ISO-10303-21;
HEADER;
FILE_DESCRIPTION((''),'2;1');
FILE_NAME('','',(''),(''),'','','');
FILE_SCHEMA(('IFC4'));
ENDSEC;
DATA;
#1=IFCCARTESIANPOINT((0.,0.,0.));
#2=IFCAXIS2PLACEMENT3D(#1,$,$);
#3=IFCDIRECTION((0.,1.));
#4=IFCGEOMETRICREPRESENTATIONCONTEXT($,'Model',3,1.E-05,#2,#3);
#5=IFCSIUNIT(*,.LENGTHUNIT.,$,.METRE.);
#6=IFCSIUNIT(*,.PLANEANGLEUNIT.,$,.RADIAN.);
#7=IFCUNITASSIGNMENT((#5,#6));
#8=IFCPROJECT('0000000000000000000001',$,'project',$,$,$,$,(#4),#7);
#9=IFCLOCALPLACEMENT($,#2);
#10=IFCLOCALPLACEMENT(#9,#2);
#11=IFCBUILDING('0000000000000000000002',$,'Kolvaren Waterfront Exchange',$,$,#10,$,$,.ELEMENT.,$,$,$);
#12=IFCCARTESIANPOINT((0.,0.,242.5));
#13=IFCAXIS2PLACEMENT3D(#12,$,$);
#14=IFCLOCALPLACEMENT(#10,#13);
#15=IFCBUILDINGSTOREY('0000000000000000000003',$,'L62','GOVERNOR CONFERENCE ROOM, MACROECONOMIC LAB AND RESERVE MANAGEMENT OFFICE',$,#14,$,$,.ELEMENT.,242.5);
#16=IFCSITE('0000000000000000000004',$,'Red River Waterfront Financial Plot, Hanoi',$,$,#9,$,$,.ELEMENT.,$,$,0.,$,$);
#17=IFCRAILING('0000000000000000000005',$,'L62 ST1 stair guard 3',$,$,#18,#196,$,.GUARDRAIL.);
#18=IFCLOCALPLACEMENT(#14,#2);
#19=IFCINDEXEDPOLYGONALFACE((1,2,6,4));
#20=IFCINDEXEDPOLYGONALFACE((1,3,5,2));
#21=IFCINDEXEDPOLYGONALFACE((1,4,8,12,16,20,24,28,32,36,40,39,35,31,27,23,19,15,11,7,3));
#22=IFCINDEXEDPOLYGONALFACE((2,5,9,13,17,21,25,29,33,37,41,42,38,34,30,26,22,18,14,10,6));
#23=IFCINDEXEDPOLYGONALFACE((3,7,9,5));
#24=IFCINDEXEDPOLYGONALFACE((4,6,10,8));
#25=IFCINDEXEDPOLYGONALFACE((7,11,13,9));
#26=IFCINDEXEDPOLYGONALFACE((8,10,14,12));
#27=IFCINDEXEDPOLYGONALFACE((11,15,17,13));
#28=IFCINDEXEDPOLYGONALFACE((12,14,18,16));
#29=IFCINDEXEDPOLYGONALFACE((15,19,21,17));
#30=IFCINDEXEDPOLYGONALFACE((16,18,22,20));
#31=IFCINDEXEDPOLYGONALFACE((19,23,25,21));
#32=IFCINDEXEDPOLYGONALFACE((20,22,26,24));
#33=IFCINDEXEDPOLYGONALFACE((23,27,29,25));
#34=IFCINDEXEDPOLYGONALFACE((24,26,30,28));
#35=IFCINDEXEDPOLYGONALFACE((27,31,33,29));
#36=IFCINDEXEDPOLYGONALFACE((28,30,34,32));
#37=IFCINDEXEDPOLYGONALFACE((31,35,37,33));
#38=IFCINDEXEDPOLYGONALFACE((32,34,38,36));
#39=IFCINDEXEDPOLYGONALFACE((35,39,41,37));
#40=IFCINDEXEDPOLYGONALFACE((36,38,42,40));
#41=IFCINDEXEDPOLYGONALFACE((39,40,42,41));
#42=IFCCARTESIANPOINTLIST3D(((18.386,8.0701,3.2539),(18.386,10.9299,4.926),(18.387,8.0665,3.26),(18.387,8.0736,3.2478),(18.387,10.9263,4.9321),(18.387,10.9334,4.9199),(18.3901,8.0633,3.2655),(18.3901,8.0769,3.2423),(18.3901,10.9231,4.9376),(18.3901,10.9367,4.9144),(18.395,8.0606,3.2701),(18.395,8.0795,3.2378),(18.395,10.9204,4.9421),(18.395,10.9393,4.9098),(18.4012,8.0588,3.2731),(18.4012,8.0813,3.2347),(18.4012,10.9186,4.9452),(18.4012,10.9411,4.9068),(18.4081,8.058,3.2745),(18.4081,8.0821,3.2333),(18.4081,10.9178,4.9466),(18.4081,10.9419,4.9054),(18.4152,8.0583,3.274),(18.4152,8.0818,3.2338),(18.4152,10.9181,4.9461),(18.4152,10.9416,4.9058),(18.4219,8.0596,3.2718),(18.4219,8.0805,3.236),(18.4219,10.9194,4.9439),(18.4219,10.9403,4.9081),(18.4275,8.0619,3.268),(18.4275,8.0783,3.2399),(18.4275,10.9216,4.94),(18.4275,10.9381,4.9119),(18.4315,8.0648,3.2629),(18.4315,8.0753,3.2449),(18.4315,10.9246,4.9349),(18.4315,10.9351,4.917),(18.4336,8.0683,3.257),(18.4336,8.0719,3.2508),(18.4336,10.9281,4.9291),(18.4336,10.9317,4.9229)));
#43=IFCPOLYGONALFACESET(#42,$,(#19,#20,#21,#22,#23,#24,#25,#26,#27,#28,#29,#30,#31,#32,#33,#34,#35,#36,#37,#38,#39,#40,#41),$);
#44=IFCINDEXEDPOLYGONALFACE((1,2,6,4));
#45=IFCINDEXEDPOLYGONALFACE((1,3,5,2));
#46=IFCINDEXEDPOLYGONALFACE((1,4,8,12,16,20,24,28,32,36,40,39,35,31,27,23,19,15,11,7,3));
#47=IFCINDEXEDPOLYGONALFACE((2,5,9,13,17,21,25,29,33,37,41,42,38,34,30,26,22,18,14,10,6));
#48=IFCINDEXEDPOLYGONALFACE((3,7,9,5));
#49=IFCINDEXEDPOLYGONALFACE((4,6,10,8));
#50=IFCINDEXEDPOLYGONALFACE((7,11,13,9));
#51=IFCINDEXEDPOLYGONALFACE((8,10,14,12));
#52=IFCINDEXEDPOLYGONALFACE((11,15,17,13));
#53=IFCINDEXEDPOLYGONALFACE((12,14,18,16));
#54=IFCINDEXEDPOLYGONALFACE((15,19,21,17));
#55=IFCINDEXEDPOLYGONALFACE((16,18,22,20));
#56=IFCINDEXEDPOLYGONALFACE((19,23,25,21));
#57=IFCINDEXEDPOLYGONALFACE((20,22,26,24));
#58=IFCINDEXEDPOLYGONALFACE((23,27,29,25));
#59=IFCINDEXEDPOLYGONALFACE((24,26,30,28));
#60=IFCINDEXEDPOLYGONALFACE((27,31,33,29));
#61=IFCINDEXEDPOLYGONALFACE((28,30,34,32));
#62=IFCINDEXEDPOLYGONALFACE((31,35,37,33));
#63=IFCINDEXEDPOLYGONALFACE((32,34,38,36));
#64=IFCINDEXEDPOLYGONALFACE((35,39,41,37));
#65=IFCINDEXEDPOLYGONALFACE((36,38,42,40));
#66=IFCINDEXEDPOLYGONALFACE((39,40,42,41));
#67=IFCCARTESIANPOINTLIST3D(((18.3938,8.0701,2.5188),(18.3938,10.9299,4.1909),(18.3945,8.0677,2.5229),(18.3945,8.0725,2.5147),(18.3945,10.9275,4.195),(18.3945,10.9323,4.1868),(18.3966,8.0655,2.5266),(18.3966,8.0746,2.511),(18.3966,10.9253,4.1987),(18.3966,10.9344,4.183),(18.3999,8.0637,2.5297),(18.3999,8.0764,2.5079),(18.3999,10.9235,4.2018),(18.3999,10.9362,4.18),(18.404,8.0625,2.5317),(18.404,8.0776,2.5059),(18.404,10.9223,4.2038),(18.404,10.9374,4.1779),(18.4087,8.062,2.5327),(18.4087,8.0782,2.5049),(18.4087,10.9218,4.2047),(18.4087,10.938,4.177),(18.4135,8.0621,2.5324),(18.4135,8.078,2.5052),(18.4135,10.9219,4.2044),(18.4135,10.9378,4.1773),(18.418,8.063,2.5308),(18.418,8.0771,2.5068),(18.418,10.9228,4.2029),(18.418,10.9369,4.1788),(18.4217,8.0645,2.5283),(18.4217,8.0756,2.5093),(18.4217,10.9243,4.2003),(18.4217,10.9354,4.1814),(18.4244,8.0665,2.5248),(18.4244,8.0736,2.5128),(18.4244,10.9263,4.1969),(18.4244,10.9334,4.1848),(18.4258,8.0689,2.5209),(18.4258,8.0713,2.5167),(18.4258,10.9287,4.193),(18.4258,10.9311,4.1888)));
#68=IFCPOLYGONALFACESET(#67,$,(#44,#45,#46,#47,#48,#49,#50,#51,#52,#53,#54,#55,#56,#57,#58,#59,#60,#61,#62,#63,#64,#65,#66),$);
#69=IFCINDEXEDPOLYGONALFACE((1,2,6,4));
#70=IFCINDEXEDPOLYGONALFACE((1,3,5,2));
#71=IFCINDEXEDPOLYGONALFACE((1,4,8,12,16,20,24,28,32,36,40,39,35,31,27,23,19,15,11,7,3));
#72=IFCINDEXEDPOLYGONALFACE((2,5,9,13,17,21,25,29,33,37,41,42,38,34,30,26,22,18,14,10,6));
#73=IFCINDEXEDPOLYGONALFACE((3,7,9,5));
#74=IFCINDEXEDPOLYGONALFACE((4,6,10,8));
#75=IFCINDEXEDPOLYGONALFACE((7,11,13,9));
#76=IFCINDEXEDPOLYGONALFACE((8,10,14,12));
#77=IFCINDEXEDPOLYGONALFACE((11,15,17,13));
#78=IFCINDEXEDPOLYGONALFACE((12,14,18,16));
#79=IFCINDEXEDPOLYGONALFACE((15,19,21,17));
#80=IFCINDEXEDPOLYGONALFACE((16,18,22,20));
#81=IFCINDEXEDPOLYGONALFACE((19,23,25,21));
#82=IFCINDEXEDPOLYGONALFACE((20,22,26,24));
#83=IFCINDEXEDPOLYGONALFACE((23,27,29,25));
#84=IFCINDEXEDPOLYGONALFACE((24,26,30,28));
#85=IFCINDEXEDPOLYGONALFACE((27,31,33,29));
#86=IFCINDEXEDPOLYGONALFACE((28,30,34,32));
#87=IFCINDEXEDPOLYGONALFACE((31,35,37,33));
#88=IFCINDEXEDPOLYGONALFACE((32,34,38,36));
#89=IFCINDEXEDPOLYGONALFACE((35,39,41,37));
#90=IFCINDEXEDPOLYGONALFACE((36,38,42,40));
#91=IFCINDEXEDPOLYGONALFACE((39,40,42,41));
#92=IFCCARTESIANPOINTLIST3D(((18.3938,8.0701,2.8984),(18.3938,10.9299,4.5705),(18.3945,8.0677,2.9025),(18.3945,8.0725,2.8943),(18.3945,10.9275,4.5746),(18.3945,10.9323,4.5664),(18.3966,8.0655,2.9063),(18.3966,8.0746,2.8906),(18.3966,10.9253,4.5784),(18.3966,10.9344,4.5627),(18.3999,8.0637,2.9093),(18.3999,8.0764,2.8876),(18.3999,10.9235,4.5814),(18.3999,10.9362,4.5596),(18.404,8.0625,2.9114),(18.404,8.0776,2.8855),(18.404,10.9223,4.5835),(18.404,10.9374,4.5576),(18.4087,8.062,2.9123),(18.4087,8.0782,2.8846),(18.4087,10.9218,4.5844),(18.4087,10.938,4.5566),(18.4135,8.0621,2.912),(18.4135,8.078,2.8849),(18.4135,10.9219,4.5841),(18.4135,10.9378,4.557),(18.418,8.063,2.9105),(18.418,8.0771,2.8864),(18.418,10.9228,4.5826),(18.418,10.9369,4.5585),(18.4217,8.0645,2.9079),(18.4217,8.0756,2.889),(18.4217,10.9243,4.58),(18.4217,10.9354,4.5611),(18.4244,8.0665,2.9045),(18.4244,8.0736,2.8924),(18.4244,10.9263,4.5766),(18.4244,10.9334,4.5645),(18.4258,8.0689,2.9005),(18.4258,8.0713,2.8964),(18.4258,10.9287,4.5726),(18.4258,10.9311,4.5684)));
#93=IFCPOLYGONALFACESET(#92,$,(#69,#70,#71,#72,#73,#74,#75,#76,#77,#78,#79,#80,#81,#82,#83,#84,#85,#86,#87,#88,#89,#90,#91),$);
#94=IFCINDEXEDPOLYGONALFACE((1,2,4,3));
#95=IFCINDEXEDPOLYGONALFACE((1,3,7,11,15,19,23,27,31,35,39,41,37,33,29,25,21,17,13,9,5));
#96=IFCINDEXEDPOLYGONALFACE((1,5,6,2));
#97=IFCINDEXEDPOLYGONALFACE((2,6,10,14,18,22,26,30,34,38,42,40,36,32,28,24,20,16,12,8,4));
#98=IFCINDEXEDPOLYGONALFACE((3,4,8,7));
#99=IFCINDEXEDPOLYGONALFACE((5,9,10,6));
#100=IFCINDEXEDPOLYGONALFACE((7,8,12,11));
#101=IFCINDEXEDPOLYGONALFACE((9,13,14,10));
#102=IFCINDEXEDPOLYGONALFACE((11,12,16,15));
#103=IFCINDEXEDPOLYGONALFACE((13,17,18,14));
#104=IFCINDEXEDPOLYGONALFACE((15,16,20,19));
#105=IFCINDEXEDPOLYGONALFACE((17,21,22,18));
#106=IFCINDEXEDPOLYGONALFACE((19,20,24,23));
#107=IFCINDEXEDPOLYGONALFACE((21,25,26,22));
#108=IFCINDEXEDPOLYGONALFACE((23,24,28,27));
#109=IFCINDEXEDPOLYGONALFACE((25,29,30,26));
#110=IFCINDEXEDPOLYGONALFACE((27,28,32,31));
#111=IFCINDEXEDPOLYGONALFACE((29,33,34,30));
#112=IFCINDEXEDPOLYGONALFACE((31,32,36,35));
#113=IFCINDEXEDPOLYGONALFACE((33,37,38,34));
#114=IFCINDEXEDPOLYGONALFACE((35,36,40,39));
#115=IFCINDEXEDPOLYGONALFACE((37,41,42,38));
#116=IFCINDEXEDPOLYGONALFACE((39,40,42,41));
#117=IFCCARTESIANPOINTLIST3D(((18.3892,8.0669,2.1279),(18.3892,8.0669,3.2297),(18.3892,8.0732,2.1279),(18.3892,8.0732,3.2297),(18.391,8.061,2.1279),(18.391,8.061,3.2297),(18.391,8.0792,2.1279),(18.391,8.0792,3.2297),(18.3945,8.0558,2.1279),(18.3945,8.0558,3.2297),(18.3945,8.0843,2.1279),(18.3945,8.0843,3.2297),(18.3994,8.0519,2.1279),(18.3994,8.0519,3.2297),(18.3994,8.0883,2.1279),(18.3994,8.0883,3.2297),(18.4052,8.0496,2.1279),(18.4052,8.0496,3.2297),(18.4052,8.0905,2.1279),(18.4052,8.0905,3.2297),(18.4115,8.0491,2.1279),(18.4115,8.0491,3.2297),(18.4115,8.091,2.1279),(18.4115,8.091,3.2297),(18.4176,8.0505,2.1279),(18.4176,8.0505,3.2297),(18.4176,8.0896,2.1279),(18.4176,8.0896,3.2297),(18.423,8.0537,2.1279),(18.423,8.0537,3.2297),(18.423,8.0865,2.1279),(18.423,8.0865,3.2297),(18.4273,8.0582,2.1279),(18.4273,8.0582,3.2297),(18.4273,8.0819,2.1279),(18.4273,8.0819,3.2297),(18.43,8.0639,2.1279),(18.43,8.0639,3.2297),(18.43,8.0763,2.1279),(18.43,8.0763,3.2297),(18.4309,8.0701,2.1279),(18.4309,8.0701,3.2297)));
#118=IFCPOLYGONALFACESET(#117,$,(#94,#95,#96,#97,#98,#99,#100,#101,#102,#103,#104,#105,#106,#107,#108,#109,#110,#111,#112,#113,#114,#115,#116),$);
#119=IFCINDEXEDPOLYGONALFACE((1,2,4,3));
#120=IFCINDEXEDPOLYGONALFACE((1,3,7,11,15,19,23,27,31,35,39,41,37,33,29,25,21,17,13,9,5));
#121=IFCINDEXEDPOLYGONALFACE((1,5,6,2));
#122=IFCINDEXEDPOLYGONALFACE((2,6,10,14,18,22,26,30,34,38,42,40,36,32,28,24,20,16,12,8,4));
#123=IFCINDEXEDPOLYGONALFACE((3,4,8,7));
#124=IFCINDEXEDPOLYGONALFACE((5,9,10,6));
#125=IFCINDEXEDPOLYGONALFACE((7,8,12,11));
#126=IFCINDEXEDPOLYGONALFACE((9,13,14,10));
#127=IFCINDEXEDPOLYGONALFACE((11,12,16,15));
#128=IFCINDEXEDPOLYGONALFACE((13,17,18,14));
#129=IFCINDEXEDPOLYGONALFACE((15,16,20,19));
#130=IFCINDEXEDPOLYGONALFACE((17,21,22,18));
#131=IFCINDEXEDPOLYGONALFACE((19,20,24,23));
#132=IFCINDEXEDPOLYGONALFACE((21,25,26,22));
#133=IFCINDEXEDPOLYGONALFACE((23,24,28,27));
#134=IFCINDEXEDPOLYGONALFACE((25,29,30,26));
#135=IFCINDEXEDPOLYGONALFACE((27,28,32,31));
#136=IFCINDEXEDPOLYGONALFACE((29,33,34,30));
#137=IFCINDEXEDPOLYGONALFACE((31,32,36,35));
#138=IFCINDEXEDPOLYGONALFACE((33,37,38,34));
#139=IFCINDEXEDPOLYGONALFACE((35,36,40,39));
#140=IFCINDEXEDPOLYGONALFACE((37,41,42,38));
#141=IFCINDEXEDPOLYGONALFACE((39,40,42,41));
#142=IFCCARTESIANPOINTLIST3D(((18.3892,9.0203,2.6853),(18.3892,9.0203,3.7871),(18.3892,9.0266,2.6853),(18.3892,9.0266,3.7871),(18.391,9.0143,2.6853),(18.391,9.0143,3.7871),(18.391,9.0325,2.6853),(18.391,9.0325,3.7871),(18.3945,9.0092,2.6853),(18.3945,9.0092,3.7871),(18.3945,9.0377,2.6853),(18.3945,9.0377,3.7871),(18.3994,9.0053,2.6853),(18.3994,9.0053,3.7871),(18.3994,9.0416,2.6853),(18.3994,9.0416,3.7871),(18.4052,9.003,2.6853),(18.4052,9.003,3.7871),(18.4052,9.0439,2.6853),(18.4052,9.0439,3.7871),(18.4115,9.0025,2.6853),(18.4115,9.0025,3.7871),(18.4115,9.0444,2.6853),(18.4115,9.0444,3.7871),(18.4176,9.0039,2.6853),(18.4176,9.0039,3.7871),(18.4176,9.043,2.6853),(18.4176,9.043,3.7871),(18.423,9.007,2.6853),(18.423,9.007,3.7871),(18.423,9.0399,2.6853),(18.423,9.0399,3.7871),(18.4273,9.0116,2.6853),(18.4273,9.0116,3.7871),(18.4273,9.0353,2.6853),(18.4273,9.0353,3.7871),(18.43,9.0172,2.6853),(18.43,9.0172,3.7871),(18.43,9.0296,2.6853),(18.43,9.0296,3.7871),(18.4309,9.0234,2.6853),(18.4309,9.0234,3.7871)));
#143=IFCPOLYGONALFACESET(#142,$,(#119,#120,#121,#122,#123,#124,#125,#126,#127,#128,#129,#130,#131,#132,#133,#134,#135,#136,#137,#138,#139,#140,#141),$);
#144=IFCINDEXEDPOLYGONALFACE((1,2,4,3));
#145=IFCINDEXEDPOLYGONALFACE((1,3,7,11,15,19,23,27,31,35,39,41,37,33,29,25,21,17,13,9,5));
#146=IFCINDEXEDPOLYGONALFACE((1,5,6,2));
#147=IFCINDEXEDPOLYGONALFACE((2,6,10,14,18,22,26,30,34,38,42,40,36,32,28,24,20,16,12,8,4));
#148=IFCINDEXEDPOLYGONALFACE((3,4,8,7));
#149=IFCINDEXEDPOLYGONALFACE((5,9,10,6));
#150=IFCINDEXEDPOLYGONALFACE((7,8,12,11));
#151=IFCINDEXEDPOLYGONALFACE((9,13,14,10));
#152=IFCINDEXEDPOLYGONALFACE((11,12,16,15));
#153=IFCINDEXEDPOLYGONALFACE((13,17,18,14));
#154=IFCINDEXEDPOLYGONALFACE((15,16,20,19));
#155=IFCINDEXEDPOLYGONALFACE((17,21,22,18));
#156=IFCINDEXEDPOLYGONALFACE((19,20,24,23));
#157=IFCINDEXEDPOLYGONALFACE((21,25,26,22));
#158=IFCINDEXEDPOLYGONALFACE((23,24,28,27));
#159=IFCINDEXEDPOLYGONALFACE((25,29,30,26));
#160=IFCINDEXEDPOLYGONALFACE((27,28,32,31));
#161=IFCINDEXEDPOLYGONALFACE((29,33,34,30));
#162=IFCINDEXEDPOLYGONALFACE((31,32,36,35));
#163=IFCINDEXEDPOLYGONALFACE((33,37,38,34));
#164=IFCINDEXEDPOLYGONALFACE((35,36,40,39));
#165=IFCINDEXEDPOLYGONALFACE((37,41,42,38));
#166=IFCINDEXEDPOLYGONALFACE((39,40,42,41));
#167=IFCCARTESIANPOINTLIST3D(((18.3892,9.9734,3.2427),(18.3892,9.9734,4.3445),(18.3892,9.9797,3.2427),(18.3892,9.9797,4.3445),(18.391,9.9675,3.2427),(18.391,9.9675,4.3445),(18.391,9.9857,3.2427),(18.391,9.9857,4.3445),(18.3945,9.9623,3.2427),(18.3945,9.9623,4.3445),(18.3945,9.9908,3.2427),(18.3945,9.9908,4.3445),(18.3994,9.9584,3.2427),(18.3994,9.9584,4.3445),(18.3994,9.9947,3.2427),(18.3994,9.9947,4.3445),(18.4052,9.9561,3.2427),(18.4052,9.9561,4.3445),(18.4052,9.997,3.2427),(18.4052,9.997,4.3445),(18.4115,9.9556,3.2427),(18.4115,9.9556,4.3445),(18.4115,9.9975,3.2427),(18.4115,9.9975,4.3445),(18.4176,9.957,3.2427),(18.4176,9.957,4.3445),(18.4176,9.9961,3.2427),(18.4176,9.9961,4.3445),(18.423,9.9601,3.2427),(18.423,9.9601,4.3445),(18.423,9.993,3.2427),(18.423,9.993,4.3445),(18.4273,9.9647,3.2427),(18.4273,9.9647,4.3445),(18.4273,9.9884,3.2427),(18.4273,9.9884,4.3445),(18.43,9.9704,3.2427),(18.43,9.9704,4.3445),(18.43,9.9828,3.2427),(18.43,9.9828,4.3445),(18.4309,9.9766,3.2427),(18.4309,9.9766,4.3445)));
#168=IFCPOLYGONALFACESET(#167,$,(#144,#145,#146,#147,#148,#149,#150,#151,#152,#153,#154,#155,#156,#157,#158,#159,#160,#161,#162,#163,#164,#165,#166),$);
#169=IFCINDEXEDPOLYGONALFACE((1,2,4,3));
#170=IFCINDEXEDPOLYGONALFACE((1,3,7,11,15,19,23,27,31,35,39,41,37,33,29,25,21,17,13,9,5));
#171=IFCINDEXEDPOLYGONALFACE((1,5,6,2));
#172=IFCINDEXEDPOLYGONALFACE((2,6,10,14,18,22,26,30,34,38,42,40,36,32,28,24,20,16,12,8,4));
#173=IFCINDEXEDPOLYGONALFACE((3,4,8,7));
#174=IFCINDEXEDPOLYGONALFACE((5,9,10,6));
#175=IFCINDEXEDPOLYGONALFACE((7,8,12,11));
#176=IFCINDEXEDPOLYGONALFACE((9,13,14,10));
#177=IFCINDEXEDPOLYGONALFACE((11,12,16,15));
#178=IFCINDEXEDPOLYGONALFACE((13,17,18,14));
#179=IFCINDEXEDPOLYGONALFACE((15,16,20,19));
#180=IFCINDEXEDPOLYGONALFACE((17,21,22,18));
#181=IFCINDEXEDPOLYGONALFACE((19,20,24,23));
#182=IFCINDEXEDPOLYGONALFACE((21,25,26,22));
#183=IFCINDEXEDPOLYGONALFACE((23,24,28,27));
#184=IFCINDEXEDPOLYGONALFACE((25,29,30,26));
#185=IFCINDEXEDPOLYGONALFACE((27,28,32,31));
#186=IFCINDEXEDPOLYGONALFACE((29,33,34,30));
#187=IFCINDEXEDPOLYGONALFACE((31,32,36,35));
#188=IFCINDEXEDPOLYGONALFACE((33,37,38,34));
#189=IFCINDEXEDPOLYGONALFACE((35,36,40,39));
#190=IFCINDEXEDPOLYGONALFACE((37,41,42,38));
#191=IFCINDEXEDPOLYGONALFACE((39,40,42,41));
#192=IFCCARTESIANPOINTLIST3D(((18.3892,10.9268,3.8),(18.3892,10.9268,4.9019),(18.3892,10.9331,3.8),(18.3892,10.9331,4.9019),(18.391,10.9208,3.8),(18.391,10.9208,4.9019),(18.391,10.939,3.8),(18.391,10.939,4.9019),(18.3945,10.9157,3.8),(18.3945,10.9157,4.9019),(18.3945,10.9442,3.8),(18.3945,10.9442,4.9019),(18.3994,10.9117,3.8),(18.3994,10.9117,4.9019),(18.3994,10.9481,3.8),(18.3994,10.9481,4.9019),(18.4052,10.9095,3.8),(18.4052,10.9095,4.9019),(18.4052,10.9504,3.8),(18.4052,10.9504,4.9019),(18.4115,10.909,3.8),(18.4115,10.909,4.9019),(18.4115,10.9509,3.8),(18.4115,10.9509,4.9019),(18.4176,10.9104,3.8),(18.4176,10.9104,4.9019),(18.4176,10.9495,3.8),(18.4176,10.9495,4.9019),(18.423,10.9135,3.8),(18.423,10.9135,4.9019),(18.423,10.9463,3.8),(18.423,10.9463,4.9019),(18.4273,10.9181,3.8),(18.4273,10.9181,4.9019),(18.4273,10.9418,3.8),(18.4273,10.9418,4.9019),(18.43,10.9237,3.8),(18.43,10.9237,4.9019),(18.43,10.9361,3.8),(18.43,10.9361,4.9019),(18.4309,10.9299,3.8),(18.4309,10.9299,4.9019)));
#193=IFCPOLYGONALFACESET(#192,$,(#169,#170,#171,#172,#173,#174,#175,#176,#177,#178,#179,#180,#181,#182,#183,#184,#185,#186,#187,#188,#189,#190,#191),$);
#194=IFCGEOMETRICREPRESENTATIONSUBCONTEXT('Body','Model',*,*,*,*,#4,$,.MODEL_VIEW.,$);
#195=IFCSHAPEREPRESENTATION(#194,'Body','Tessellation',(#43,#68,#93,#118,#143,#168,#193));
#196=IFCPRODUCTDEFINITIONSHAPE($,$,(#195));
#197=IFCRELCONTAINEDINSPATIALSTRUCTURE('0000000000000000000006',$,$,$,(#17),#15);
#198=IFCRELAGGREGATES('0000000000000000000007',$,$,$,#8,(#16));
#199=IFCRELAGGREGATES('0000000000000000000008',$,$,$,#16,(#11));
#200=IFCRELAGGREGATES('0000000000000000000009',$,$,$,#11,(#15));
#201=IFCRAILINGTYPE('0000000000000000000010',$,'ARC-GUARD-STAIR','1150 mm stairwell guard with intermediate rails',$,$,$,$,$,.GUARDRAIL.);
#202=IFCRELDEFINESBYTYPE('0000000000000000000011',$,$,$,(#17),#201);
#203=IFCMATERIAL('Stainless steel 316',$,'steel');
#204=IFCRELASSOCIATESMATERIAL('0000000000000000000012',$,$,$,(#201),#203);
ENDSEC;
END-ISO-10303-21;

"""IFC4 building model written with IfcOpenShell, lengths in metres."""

from ifc_helpers import new_model, si_unit, direction, frame, origin, origin_2d, place, context, subcontext, project, spatial, circle, extrude, material, type_object, element, save


model = new_model("IFC4")

# Units and contexts
model_context = context("Model", 3, precision=1e-05, world=origin(), true_north=direction((0.0, 1.0)))
body_context = subcontext(model_context, "Body", "Model", "MODEL_VIEW")
ifc_project = project(units=[si_unit("LENGTHUNIT", "METRE"), si_unit("PLANEANGLEUNIT", "RADIAN")], contexts=[model_context])

# Site, building, storey
site_placement = place(None, origin())
site = spatial("IfcSite", under=ifc_project, at=site_placement, Name="Red River Waterfront Financial Plot, Hanoi", CompositionType="ELEMENT", RefElevation=0.0)
building_placement = place(site_placement, origin())
building = spatial("IfcBuilding", under=site, at=building_placement, Name="Kolvaren Waterfront Exchange", CompositionType="ELEMENT")
storey_placement = place(building_placement, frame((0.0, 0.0, 242.5)))
storey = spatial("IfcBuildingStorey", under=building, at=storey_placement, Name="L62", Description="GOVERNOR CONFERENCE ROOM, MACROECONOMIC LAB AND RESERVE MANAGEMENT OFFICE", CompositionType="ELEMENT", Elevation=242.5)

# Railing
ifc_material_1 = material(Name="Stainless steel 316", Category="steel")
railing_type_1 = type_object("IfcRailingType", Name="ARC-GUARD-STAIR", Description="1150 mm stairwell guard with intermediate rails", PredefinedType="GUARDRAIL", material=ifc_material_1)
railing_1_placement = place(storey_placement, frame((18.4099, 8.0701, 2.1279)))
element("IfcRailing", 1, at=railing_1_placement, inside=storey, type_object=railing_type_1, Name="L62 ST1 stair guard 3", PredefinedType="GUARDRAIL", context=body_context, shape_type="SweptSolid", body=[
    extrude(circle(Radius=0.0239, at=origin_2d()), frame((0.0, 0.0, 1.126), z_axis=(0.0, 0.863271, 0.504741), x_axis=(-1.0, 0.0, 0.0)), (0.0, 0.0, 1.0), 3.3127),
    extrude(circle(Radius=0.0161, at=origin_2d()), frame((0.0, 0.0, 0.3909), z_axis=(0.0, 0.863271, 0.504741), x_axis=(-1.0, 0.0, 0.0)), (0.0, 0.0, 1.0), 3.3127),
    extrude(circle(Radius=0.0161, at=origin_2d()), frame((0.0, 0.0, 0.7705), z_axis=(0.0, 0.863271, 0.504741), x_axis=(-1.0, 0.0, 0.0)), (0.0, 0.0, 1.0), 3.3127),
    extrude(circle(Radius=0.021, at=origin_2d()), origin(), (0.0, 0.0, 1.0), 1.1018),
    extrude(circle(Radius=0.021, at=origin_2d()), frame((0.0, 0.9534, 0.5574)), (0.0, 0.0, 1.0), 1.1018),
    extrude(circle(Radius=0.021, at=origin_2d()), frame((0.0, 1.9065, 1.1147)), (0.0, 0.0, 1.0), 1.1018),
    extrude(circle(Radius=0.021, at=origin_2d()), frame((0.0, 2.8599, 1.6721)), (0.0, 0.0, 1.0), 1.1018),
])

save(model, "model.ifc")
